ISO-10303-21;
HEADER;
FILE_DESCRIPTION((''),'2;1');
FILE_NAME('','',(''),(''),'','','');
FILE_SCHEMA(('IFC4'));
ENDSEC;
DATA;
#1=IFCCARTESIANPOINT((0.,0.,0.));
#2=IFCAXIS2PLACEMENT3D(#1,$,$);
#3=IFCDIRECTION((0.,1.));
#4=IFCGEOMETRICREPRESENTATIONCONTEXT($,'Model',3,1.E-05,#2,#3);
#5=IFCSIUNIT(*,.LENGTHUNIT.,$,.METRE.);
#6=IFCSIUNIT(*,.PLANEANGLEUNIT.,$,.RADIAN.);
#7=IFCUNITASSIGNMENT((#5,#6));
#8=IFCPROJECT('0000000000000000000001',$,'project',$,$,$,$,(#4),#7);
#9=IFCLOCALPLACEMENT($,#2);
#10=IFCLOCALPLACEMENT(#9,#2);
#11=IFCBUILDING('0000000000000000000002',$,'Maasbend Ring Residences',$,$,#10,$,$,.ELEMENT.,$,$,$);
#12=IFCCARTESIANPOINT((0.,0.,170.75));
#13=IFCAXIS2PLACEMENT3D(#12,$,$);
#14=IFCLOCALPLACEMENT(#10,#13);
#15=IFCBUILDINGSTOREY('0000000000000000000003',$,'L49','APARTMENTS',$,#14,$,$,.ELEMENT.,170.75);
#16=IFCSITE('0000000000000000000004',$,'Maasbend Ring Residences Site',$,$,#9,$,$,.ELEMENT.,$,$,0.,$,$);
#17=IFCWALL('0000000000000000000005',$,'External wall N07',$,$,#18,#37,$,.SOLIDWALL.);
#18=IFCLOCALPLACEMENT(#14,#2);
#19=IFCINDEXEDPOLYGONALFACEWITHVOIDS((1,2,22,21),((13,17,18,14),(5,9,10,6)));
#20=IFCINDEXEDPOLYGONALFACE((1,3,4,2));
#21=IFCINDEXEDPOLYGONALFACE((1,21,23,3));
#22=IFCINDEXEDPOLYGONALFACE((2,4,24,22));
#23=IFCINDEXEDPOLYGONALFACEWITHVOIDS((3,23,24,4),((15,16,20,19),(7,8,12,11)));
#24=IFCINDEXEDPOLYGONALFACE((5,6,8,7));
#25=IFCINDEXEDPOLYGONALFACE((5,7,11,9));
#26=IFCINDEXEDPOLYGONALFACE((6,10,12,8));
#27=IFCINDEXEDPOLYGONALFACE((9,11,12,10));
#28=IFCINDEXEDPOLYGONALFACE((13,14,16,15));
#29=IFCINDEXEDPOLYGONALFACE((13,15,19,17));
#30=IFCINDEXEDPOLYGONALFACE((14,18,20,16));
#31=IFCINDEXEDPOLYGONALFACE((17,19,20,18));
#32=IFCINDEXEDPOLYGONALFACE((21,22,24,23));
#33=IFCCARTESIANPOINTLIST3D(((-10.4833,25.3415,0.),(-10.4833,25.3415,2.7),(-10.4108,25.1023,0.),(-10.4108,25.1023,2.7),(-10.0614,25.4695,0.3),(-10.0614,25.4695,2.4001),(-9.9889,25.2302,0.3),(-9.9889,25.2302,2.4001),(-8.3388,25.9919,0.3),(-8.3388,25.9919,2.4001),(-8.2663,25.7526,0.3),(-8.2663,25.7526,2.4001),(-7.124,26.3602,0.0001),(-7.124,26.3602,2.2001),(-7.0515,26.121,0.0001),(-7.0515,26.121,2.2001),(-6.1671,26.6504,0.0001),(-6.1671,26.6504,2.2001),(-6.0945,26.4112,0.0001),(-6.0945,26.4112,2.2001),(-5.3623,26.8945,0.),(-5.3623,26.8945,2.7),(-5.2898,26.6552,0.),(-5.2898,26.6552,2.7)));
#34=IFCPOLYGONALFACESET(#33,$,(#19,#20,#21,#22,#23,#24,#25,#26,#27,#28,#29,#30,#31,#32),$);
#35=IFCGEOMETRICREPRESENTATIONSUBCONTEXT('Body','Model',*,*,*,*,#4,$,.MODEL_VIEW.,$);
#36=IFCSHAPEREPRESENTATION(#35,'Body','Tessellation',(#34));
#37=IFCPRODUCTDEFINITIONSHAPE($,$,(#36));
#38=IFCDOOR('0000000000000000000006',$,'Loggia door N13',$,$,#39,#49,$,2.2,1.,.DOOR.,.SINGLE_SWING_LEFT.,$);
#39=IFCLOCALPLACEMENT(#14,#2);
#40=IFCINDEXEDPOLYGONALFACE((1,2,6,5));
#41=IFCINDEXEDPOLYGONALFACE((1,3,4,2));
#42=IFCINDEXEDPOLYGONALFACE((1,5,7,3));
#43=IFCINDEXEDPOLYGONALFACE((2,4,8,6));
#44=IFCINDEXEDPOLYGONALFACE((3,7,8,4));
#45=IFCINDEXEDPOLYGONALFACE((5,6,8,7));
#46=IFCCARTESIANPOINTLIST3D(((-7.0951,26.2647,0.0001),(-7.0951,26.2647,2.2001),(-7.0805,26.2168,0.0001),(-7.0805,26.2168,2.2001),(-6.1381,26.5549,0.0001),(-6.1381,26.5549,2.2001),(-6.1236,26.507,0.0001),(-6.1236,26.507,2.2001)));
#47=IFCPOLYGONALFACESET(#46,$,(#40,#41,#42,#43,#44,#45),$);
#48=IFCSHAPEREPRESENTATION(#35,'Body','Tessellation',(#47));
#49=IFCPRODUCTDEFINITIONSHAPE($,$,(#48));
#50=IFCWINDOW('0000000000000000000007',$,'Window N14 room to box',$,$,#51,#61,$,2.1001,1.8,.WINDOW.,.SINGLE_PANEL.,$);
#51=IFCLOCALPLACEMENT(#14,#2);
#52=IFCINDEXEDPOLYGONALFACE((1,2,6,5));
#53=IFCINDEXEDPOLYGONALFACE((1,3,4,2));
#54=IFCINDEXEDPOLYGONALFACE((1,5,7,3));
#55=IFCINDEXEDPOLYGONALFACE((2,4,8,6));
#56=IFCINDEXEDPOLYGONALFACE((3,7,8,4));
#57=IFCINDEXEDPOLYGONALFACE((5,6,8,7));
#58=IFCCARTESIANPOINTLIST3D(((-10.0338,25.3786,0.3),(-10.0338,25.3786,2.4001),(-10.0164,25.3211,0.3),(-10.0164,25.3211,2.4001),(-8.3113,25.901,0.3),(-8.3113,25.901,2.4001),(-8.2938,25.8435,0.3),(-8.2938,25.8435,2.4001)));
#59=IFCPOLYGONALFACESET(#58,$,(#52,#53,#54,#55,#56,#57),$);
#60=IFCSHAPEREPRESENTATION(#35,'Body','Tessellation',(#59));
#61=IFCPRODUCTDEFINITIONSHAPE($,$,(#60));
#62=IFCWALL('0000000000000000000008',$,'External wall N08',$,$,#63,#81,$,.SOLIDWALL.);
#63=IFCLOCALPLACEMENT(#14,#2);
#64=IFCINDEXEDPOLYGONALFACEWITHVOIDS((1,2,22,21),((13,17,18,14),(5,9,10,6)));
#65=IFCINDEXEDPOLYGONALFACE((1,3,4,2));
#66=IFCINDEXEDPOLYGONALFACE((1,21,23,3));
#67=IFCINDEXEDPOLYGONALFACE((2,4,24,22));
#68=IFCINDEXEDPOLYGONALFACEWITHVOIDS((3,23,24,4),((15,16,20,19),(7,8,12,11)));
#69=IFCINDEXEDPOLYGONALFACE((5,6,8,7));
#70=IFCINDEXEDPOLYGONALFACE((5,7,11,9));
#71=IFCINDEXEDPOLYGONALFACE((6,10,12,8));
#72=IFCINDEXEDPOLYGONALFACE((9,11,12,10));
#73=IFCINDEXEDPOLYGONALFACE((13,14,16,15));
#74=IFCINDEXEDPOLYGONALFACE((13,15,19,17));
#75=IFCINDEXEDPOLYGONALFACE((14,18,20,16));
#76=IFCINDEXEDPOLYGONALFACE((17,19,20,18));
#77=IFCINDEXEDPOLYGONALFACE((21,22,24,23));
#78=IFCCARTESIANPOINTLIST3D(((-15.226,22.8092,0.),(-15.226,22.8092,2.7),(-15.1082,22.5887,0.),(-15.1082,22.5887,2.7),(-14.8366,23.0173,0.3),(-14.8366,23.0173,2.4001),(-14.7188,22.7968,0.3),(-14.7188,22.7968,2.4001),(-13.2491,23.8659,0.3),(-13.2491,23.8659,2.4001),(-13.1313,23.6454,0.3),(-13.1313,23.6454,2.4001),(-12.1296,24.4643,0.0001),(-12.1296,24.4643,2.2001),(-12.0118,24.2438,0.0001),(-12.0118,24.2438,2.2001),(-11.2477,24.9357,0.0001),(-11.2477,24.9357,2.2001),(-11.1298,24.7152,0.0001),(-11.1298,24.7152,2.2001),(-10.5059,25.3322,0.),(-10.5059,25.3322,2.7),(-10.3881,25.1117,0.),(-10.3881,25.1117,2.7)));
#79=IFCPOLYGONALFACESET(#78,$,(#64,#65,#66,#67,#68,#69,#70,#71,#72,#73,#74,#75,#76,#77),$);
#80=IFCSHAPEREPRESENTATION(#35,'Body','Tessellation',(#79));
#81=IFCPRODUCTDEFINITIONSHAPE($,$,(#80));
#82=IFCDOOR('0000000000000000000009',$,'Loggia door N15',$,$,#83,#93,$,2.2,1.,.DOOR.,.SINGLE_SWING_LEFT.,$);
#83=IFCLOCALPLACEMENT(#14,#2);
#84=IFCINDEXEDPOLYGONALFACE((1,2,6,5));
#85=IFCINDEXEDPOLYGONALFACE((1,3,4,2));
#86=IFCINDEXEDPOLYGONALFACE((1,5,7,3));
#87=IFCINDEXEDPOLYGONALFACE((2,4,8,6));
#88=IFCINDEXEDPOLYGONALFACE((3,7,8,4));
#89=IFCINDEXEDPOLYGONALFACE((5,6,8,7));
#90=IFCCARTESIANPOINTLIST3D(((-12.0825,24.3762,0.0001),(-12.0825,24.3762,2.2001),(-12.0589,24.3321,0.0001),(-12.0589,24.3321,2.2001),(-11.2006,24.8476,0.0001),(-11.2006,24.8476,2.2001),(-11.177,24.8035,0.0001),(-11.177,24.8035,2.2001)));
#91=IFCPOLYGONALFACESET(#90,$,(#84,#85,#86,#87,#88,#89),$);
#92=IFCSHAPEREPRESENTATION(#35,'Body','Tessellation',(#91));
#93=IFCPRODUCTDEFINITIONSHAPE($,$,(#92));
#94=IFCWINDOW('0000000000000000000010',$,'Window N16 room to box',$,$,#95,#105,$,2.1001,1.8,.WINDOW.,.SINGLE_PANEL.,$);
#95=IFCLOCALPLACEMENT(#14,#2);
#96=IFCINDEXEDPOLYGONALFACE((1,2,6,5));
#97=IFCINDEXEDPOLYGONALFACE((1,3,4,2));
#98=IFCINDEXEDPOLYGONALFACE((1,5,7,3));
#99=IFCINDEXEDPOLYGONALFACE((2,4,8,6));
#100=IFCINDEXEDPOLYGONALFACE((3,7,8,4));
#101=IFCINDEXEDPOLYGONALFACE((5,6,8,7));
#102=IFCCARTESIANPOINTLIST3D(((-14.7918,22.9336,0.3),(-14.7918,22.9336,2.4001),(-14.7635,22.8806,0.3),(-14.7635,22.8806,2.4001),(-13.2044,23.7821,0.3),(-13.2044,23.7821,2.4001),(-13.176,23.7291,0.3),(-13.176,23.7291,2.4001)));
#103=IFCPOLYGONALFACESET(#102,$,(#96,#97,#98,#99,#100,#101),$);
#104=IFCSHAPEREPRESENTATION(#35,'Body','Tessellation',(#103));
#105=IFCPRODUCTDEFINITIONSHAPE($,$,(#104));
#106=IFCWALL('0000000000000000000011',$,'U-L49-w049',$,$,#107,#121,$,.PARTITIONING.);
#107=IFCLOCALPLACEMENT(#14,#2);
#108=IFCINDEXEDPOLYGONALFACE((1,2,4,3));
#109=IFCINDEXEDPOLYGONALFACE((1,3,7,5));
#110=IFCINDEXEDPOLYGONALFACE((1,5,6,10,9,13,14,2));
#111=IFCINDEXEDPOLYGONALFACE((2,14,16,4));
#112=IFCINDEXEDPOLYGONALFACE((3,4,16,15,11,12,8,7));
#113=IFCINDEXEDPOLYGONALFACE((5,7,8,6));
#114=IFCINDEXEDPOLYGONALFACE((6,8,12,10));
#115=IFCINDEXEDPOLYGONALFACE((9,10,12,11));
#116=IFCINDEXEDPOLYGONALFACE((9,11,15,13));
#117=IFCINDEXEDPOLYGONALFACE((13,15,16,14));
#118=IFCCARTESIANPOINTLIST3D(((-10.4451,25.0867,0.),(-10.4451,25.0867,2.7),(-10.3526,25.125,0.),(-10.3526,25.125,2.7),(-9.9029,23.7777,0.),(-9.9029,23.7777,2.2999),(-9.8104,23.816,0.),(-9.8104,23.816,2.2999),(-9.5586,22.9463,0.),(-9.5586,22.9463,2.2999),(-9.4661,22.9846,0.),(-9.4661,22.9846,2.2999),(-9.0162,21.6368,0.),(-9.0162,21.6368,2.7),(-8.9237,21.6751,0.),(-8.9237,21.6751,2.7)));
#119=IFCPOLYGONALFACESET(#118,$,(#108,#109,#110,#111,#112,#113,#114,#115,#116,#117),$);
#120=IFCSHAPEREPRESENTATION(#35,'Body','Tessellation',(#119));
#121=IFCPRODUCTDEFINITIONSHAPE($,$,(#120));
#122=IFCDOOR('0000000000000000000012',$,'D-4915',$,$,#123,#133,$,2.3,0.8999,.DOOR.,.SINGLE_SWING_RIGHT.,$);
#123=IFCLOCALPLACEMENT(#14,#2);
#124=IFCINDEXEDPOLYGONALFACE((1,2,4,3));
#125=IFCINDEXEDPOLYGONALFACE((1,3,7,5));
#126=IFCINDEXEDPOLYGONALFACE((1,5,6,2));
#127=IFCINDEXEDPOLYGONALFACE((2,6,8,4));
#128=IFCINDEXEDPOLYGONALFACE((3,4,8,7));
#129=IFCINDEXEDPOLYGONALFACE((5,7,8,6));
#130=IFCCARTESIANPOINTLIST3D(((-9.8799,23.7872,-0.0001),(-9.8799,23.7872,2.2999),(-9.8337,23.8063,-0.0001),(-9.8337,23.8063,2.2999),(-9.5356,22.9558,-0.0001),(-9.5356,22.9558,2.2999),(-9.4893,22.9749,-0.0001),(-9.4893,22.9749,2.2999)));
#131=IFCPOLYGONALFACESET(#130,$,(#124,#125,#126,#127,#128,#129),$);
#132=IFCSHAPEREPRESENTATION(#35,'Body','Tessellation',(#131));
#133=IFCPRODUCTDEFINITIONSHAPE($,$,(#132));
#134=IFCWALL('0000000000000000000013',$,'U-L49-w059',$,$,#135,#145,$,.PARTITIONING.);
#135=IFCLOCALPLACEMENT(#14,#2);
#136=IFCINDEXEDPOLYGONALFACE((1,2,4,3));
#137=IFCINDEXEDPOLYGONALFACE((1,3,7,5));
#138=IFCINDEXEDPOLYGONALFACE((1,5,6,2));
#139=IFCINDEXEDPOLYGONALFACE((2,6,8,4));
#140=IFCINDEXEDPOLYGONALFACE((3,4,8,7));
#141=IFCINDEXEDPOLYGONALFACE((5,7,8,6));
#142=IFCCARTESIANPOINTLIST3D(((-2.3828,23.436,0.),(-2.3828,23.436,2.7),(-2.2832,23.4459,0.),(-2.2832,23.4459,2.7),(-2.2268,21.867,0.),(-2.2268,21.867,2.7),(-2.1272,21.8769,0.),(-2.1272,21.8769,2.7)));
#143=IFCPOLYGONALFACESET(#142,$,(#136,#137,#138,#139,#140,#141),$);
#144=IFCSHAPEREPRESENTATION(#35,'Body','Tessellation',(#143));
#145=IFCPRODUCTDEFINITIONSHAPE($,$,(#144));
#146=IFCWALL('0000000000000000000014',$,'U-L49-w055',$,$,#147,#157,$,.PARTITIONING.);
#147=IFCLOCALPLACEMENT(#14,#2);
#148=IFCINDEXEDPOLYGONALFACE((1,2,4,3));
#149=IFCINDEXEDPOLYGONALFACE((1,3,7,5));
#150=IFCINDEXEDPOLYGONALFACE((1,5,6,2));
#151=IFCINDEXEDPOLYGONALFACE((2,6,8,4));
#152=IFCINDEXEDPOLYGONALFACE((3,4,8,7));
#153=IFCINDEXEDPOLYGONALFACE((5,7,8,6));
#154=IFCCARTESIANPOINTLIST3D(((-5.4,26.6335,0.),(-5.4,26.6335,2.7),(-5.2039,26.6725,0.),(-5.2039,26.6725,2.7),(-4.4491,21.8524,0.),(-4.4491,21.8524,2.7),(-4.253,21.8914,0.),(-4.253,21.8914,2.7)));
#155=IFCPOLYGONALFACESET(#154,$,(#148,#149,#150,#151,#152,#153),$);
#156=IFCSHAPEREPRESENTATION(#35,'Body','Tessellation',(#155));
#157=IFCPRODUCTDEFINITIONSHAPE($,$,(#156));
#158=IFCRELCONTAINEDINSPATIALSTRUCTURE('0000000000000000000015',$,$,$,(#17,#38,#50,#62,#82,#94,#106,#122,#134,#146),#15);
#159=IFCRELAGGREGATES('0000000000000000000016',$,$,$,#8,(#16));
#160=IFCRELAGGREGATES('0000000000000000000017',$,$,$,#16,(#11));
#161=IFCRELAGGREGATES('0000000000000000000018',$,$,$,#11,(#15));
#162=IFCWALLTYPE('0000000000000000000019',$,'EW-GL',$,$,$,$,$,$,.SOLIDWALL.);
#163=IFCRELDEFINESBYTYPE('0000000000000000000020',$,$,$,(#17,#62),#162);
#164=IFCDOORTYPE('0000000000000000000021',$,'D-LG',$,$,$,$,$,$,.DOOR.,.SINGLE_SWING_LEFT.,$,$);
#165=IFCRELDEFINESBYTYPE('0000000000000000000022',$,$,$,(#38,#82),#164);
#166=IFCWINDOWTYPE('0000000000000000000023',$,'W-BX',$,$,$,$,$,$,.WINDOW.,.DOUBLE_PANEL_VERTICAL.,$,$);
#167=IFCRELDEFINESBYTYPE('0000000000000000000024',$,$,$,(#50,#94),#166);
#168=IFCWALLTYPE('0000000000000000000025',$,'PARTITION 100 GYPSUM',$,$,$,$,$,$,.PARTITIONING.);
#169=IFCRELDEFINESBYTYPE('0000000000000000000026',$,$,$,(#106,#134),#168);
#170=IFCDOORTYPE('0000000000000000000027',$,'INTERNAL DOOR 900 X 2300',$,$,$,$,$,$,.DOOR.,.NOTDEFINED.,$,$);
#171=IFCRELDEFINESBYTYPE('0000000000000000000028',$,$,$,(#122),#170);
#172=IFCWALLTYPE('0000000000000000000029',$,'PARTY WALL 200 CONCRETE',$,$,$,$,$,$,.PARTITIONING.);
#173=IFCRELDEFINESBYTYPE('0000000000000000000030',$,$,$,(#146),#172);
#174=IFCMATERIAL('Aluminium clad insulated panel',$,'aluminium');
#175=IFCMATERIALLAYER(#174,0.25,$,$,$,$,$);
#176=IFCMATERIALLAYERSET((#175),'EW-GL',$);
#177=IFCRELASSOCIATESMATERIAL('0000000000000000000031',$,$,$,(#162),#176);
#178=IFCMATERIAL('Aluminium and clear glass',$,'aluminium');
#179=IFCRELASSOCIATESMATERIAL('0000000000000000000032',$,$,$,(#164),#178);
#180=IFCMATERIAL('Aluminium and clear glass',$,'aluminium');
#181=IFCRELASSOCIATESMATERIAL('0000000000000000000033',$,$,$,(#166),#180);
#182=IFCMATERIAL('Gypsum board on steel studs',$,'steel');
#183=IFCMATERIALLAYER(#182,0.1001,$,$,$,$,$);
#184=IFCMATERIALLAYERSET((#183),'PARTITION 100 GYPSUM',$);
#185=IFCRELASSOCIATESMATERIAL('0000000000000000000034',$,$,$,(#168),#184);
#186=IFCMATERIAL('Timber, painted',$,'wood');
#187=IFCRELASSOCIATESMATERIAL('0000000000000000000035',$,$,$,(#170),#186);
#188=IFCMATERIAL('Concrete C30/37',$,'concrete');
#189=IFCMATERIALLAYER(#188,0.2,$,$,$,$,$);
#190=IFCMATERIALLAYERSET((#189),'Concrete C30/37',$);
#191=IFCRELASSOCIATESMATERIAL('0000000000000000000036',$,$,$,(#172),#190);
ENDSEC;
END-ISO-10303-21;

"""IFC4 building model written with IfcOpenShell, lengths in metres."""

from ifc_helpers import new_model, si_unit, direction, frame, frame_2d, origin, place, context, subcontext, project, spatial, rectangle, extrude, material, layer, layer_set, type_object, element, fill, save


model = new_model("IFC4")

# Units and contexts
model_context = context("Model", 3, precision=1e-05, world=origin(), true_north=direction((0.0, 1.0)))
body_context = subcontext(model_context, "Body", "Model", "MODEL_VIEW")
ifc_project = project(units=[si_unit("LENGTHUNIT", "METRE"), si_unit("PLANEANGLEUNIT", "RADIAN")], contexts=[model_context])

# Site, building, storey
site_placement = place(None, origin())
site = spatial("IfcSite", under=ifc_project, at=site_placement, Name="Maasbend Ring Residences Site", CompositionType="ELEMENT", RefElevation=0.0)
building_placement = place(site_placement, origin())
building = spatial("IfcBuilding", under=site, at=building_placement, Name="Maasbend Ring Residences", CompositionType="ELEMENT")
storey_placement = place(building_placement, frame((0.0, 0.0, 170.75)))
storey = spatial("IfcBuildingStorey", under=building, at=storey_placement, Name="L49", Description="APARTMENTS", CompositionType="ELEMENT", Elevation=170.75)

# Walls, openings, doors, windows
ifc_material_1 = material(Name="Aluminium clad insulated panel", Category="aluminium")
ifc_layer_1 = layer(ifc_material_1, 0.25)
ifc_layer_set_1 = layer_set([ifc_layer_1], Name="EW-GL")
wall_type_1 = type_object("IfcWallType", Name="EW-GL", PredefinedType="SOLIDWALL", material=ifc_layer_set_1)
wall_1_placement = place(storey_placement, frame((-5.3259, 26.7749, 0.0), z_axis=(0.0, 0.0, 1.0), x_axis=(-0.956966, -0.290201, 0.0)))
wall_1 = element("IfcWall", 1, at=wall_1_placement, inside=storey, type_object=wall_type_1, Name="External wall N07", PredefinedType="SOLIDWALL", context=body_context, shape_type="SweptSolid", body=[
    extrude(rectangle(XDim=5.3513, YDim=0.25, at=frame_2d((2.6758, 0.0))), origin(), (0.0, 0.0, 1.0), 2.7),
])
opening_1_placement = place(wall_1_placement, frame((0.8411, 0.0, 0.0)))
opening_1 = element("IfcOpeningElement", 2, at=opening_1_placement, cuts=wall_1, PredefinedType="OPENING", context=body_context, shape_type="SweptSolid", body=[
    extrude(rectangle(XDim=1.0, YDim=2.2, at=frame_2d((0.5, 1.1001))), frame((0.0, 0.135, 0.0), z_axis=(0.0, -1.0, 0.0), x_axis=(1.0, 0.0, 0.0)), (0.0, 0.0, 1.0), 0.27),
])
opening_2_placement = place(wall_1_placement, frame((3.1106, 0.0, 0.3)))
opening_2 = element("IfcOpeningElement", 3, at=opening_2_placement, cuts=wall_1, PredefinedType="OPENING", context=body_context, shape_type="SweptSolid", body=[
    extrude(rectangle(XDim=1.8, YDim=2.1001, at=frame_2d((0.8999, 1.05))), frame((0.0, 0.135, 0.0), z_axis=(0.0, -1.0, 0.0), x_axis=(1.0, 0.0, 0.0)), (0.0, 0.0, 1.0), 0.27),
])
ifc_material_2 = material(Name="Aluminium and clear glass", Category="aluminium")
door_type_1 = type_object("IfcDoorType", Name="D-LG", OperationType="SINGLE_SWING_LEFT", PredefinedType="DOOR", material=ifc_material_2)
door_1_placement = place(opening_1_placement, origin())
door_1 = element("IfcDoor", 4, at=door_1_placement, inside=storey, type_object=door_type_1, Name="Loggia door N13", OperationType="SINGLE_SWING_LEFT", OverallHeight=2.2, OverallWidth=1.0, PredefinedType="DOOR", context=body_context, shape_type="SweptSolid", body=[
    extrude(rectangle(XDim=1.0, YDim=2.2, at=frame_2d((0.5, 1.1001))), frame((0.0, 0.0249, 0.0), z_axis=(0.0, -1.0, 0.0), x_axis=(1.0, 0.0, 0.0)), (0.0, 0.0, 1.0), 0.05),
])
fill(opening_1, door_1)
ifc_material_3 = material(Name="Aluminium and clear glass", Category="aluminium")
window_type_1 = type_object("IfcWindowType", Name="W-BX", PartitioningType="DOUBLE_PANEL_VERTICAL", PredefinedType="WINDOW", material=ifc_material_3)
window_1_placement = place(opening_2_placement, origin())
window_1 = element("IfcWindow", 5, at=window_1_placement, inside=storey, type_object=window_type_1, Name="Window N14 room to box", OverallHeight=2.1001, OverallWidth=1.8, PartitioningType="SINGLE_PANEL", PredefinedType="WINDOW", context=body_context, shape_type="SweptSolid", body=[
    extrude(rectangle(XDim=1.8, YDim=2.1001, at=frame_2d((0.8999, 1.05))), frame((0.0, 0.03, 0.0), z_axis=(0.0, -1.0, 0.0), x_axis=(1.0, 0.0, 0.0)), (0.0, 0.0, 1.0), 0.0601),
])
fill(opening_2, window_1)
wall_2_placement = place(storey_placement, frame((-10.447, 25.2219, 0.0), z_axis=(0.0, 0.0, 1.0), x_axis=(-0.881916, -0.471407, 0.0)))
wall_2 = element("IfcWall", 6, at=wall_2_placement, inside=storey, type_object=wall_type_1, Name="External wall N08", PredefinedType="SOLIDWALL", context=body_context, shape_type="SweptSolid", body=[
    extrude(rectangle(XDim=5.3521, YDim=0.25, at=frame_2d((2.676, 0.0))), origin(), (0.0, 0.0, 1.0), 2.7),
])
opening_3_placement = place(wall_2_placement, frame((0.8411, 0.0, 0.0)))
opening_3 = element("IfcOpeningElement", 7, at=opening_3_placement, cuts=wall_2, PredefinedType="OPENING", context=body_context, shape_type="SweptSolid", body=[
    extrude(rectangle(XDim=1.0, YDim=2.2, at=frame_2d((0.5, 1.1001))), frame((0.0, 0.135, 0.0), z_axis=(0.0, -1.0, 0.0), x_axis=(1.0, 0.0, 0.0)), (0.0, 0.0, 1.0), 0.27),
])
opening_4_placement = place(wall_2_placement, frame((3.1106, 0.0, 0.3)))
opening_4 = element("IfcOpeningElement", 8, at=opening_4_placement, cuts=wall_2, PredefinedType="OPENING", context=body_context, shape_type="SweptSolid", body=[
    extrude(rectangle(XDim=1.8, YDim=2.1001, at=frame_2d((0.8999, 1.05))), frame((0.0, 0.135, 0.0), z_axis=(0.0, -1.0, 0.0), x_axis=(1.0, 0.0, 0.0)), (0.0, 0.0, 1.0), 0.27),
])
door_2_placement = place(opening_3_placement, origin())
door_2 = element("IfcDoor", 9, at=door_2_placement, inside=storey, type_object=door_type_1, Name="Loggia door N15", OperationType="SINGLE_SWING_LEFT", OverallHeight=2.2, OverallWidth=1.0, PredefinedType="DOOR", context=body_context, shape_type="SweptSolid", body=[
    extrude(rectangle(XDim=1.0, YDim=2.2, at=frame_2d((0.5, 1.1001))), frame((0.0, 0.0249, 0.0), z_axis=(0.0, -1.0, 0.0), x_axis=(1.0, 0.0, 0.0)), (0.0, 0.0, 1.0), 0.05),
])
fill(opening_3, door_2)
window_2_placement = place(opening_4_placement, origin())
window_2 = element("IfcWindow", 10, at=window_2_placement, inside=storey, type_object=window_type_1, Name="Window N16 room to box", OverallHeight=2.1001, OverallWidth=1.8, PartitioningType="SINGLE_PANEL", PredefinedType="WINDOW", context=body_context, shape_type="SweptSolid", body=[
    extrude(rectangle(XDim=1.8, YDim=2.1001, at=frame_2d((0.8999, 1.05))), frame((0.0, 0.03, 0.0), z_axis=(0.0, -1.0, 0.0), x_axis=(1.0, 0.0, 0.0)), (0.0, 0.0, 1.0), 0.0601),
])
fill(opening_4, window_2)

# Wall, opening, door
ifc_material_4 = material(Name="Gypsum board on steel studs", Category="steel")
ifc_layer_2 = layer(ifc_material_4, 0.1001)
ifc_layer_set_2 = layer_set([ifc_layer_2], Name="PARTITION 100 GYPSUM")
wall_type_2 = type_object("IfcWallType", Name="PARTITION 100 GYPSUM", PredefinedType="PARTITIONING", material=ifc_layer_set_2)
wall_3_placement = place(storey_placement, frame((-10.3989, 25.106, 0.0), z_axis=(0.0, 0.0, 1.0), x_axis=(0.382669, -0.923885, 0.0)))
wall_3 = element("IfcWall", 11, at=wall_3_placement, inside=storey, type_object=wall_type_2, Name="U-L49-w049", PredefinedType="PARTITIONING", context=body_context, shape_type="SweptSolid", body=[
    extrude(rectangle(XDim=3.7341, YDim=0.1001, at=frame_2d((1.8672, 0.0))), origin(), (0.0, 0.0, 1.0), 2.7),
])
opening_5_placement = place(wall_3_placement, frame((1.417, 0.0, 0.0)))
opening_5 = element("IfcOpeningElement", 12, at=opening_5_placement, cuts=wall_3, PredefinedType="OPENING", context=body_context, shape_type="SweptSolid", body=[
    extrude(rectangle(XDim=0.8999, YDim=2.3, at=frame_2d((0.45, 1.1499))), frame((0.0, 0.0601, 0.0), z_axis=(0.0, -1.0, 0.0), x_axis=(1.0, 0.0, 0.0)), (0.0, 0.0, 1.0), 0.1201),
])
ifc_material_5 = material(Name="Timber, painted", Category="wood")
door_type_2 = type_object("IfcDoorType", Name="INTERNAL DOOR 900 X 2300", OperationType="NOTDEFINED", PredefinedType="DOOR", material=ifc_material_5)
door_3_placement = place(opening_5_placement, origin())
door_3 = element("IfcDoor", 13, at=door_3_placement, inside=storey, type_object=door_type_2, Name="D-4915", OperationType="SINGLE_SWING_RIGHT", OverallHeight=2.3, OverallWidth=0.8999, PredefinedType="DOOR", context=body_context, shape_type="SweptSolid", body=[
    extrude(rectangle(XDim=0.8999, YDim=2.3, at=frame_2d((0.45, 1.1499))), frame((0.0, 0.0249, 0.0), z_axis=(0.0, -1.0, 0.0), x_axis=(1.0, 0.0, 0.0)), (0.0, 0.0, 1.0), 0.05),
])
fill(opening_5, door_3)

# Walls
wall_4_placement = place(storey_placement, frame((-2.333, 23.4409, 0.0), z_axis=(0.0, 0.0, 1.0), x_axis=(0.098952, -0.995092, 0.0)))
element("IfcWall", 14, at=wall_4_placement, inside=storey, type_object=wall_type_2, Name="U-L49-w059", PredefinedType="PARTITIONING", context=body_context, shape_type="SweptSolid", body=[
    extrude(rectangle(XDim=1.5767, YDim=0.1001, at=frame_2d((0.7883, 0.0))), origin(), (0.0, 0.0, 1.0), 2.7),
])
ifc_material_6 = material(Name="Concrete C30/37", Category="concrete")
ifc_layer_3 = layer(ifc_material_6, 0.2)
ifc_layer_set_3 = layer_set([ifc_layer_3], Name="Concrete C30/37")
wall_type_3 = type_object("IfcWallType", Name="PARTY WALL 200 CONCRETE", PredefinedType="PARTITIONING", material=ifc_layer_set_3)
wall_5_placement = place(storey_placement, frame((-5.302, 26.6531, 0.0), z_axis=(0.0, 0.0, 1.0), x_axis=(0.195076, -0.980788, 0.0)))
element("IfcWall", 15, at=wall_5_placement, inside=storey, type_object=wall_type_3, Name="U-L49-w055", PredefinedType="PARTITIONING", context=body_context, shape_type="SweptSolid", body=[
    extrude(rectangle(XDim=4.8748, YDim=0.2, at=frame_2d((2.4375, 0.0))), origin(), (0.0, 0.0, 1.0), 2.7),
])

save(model, "model.ifc")
